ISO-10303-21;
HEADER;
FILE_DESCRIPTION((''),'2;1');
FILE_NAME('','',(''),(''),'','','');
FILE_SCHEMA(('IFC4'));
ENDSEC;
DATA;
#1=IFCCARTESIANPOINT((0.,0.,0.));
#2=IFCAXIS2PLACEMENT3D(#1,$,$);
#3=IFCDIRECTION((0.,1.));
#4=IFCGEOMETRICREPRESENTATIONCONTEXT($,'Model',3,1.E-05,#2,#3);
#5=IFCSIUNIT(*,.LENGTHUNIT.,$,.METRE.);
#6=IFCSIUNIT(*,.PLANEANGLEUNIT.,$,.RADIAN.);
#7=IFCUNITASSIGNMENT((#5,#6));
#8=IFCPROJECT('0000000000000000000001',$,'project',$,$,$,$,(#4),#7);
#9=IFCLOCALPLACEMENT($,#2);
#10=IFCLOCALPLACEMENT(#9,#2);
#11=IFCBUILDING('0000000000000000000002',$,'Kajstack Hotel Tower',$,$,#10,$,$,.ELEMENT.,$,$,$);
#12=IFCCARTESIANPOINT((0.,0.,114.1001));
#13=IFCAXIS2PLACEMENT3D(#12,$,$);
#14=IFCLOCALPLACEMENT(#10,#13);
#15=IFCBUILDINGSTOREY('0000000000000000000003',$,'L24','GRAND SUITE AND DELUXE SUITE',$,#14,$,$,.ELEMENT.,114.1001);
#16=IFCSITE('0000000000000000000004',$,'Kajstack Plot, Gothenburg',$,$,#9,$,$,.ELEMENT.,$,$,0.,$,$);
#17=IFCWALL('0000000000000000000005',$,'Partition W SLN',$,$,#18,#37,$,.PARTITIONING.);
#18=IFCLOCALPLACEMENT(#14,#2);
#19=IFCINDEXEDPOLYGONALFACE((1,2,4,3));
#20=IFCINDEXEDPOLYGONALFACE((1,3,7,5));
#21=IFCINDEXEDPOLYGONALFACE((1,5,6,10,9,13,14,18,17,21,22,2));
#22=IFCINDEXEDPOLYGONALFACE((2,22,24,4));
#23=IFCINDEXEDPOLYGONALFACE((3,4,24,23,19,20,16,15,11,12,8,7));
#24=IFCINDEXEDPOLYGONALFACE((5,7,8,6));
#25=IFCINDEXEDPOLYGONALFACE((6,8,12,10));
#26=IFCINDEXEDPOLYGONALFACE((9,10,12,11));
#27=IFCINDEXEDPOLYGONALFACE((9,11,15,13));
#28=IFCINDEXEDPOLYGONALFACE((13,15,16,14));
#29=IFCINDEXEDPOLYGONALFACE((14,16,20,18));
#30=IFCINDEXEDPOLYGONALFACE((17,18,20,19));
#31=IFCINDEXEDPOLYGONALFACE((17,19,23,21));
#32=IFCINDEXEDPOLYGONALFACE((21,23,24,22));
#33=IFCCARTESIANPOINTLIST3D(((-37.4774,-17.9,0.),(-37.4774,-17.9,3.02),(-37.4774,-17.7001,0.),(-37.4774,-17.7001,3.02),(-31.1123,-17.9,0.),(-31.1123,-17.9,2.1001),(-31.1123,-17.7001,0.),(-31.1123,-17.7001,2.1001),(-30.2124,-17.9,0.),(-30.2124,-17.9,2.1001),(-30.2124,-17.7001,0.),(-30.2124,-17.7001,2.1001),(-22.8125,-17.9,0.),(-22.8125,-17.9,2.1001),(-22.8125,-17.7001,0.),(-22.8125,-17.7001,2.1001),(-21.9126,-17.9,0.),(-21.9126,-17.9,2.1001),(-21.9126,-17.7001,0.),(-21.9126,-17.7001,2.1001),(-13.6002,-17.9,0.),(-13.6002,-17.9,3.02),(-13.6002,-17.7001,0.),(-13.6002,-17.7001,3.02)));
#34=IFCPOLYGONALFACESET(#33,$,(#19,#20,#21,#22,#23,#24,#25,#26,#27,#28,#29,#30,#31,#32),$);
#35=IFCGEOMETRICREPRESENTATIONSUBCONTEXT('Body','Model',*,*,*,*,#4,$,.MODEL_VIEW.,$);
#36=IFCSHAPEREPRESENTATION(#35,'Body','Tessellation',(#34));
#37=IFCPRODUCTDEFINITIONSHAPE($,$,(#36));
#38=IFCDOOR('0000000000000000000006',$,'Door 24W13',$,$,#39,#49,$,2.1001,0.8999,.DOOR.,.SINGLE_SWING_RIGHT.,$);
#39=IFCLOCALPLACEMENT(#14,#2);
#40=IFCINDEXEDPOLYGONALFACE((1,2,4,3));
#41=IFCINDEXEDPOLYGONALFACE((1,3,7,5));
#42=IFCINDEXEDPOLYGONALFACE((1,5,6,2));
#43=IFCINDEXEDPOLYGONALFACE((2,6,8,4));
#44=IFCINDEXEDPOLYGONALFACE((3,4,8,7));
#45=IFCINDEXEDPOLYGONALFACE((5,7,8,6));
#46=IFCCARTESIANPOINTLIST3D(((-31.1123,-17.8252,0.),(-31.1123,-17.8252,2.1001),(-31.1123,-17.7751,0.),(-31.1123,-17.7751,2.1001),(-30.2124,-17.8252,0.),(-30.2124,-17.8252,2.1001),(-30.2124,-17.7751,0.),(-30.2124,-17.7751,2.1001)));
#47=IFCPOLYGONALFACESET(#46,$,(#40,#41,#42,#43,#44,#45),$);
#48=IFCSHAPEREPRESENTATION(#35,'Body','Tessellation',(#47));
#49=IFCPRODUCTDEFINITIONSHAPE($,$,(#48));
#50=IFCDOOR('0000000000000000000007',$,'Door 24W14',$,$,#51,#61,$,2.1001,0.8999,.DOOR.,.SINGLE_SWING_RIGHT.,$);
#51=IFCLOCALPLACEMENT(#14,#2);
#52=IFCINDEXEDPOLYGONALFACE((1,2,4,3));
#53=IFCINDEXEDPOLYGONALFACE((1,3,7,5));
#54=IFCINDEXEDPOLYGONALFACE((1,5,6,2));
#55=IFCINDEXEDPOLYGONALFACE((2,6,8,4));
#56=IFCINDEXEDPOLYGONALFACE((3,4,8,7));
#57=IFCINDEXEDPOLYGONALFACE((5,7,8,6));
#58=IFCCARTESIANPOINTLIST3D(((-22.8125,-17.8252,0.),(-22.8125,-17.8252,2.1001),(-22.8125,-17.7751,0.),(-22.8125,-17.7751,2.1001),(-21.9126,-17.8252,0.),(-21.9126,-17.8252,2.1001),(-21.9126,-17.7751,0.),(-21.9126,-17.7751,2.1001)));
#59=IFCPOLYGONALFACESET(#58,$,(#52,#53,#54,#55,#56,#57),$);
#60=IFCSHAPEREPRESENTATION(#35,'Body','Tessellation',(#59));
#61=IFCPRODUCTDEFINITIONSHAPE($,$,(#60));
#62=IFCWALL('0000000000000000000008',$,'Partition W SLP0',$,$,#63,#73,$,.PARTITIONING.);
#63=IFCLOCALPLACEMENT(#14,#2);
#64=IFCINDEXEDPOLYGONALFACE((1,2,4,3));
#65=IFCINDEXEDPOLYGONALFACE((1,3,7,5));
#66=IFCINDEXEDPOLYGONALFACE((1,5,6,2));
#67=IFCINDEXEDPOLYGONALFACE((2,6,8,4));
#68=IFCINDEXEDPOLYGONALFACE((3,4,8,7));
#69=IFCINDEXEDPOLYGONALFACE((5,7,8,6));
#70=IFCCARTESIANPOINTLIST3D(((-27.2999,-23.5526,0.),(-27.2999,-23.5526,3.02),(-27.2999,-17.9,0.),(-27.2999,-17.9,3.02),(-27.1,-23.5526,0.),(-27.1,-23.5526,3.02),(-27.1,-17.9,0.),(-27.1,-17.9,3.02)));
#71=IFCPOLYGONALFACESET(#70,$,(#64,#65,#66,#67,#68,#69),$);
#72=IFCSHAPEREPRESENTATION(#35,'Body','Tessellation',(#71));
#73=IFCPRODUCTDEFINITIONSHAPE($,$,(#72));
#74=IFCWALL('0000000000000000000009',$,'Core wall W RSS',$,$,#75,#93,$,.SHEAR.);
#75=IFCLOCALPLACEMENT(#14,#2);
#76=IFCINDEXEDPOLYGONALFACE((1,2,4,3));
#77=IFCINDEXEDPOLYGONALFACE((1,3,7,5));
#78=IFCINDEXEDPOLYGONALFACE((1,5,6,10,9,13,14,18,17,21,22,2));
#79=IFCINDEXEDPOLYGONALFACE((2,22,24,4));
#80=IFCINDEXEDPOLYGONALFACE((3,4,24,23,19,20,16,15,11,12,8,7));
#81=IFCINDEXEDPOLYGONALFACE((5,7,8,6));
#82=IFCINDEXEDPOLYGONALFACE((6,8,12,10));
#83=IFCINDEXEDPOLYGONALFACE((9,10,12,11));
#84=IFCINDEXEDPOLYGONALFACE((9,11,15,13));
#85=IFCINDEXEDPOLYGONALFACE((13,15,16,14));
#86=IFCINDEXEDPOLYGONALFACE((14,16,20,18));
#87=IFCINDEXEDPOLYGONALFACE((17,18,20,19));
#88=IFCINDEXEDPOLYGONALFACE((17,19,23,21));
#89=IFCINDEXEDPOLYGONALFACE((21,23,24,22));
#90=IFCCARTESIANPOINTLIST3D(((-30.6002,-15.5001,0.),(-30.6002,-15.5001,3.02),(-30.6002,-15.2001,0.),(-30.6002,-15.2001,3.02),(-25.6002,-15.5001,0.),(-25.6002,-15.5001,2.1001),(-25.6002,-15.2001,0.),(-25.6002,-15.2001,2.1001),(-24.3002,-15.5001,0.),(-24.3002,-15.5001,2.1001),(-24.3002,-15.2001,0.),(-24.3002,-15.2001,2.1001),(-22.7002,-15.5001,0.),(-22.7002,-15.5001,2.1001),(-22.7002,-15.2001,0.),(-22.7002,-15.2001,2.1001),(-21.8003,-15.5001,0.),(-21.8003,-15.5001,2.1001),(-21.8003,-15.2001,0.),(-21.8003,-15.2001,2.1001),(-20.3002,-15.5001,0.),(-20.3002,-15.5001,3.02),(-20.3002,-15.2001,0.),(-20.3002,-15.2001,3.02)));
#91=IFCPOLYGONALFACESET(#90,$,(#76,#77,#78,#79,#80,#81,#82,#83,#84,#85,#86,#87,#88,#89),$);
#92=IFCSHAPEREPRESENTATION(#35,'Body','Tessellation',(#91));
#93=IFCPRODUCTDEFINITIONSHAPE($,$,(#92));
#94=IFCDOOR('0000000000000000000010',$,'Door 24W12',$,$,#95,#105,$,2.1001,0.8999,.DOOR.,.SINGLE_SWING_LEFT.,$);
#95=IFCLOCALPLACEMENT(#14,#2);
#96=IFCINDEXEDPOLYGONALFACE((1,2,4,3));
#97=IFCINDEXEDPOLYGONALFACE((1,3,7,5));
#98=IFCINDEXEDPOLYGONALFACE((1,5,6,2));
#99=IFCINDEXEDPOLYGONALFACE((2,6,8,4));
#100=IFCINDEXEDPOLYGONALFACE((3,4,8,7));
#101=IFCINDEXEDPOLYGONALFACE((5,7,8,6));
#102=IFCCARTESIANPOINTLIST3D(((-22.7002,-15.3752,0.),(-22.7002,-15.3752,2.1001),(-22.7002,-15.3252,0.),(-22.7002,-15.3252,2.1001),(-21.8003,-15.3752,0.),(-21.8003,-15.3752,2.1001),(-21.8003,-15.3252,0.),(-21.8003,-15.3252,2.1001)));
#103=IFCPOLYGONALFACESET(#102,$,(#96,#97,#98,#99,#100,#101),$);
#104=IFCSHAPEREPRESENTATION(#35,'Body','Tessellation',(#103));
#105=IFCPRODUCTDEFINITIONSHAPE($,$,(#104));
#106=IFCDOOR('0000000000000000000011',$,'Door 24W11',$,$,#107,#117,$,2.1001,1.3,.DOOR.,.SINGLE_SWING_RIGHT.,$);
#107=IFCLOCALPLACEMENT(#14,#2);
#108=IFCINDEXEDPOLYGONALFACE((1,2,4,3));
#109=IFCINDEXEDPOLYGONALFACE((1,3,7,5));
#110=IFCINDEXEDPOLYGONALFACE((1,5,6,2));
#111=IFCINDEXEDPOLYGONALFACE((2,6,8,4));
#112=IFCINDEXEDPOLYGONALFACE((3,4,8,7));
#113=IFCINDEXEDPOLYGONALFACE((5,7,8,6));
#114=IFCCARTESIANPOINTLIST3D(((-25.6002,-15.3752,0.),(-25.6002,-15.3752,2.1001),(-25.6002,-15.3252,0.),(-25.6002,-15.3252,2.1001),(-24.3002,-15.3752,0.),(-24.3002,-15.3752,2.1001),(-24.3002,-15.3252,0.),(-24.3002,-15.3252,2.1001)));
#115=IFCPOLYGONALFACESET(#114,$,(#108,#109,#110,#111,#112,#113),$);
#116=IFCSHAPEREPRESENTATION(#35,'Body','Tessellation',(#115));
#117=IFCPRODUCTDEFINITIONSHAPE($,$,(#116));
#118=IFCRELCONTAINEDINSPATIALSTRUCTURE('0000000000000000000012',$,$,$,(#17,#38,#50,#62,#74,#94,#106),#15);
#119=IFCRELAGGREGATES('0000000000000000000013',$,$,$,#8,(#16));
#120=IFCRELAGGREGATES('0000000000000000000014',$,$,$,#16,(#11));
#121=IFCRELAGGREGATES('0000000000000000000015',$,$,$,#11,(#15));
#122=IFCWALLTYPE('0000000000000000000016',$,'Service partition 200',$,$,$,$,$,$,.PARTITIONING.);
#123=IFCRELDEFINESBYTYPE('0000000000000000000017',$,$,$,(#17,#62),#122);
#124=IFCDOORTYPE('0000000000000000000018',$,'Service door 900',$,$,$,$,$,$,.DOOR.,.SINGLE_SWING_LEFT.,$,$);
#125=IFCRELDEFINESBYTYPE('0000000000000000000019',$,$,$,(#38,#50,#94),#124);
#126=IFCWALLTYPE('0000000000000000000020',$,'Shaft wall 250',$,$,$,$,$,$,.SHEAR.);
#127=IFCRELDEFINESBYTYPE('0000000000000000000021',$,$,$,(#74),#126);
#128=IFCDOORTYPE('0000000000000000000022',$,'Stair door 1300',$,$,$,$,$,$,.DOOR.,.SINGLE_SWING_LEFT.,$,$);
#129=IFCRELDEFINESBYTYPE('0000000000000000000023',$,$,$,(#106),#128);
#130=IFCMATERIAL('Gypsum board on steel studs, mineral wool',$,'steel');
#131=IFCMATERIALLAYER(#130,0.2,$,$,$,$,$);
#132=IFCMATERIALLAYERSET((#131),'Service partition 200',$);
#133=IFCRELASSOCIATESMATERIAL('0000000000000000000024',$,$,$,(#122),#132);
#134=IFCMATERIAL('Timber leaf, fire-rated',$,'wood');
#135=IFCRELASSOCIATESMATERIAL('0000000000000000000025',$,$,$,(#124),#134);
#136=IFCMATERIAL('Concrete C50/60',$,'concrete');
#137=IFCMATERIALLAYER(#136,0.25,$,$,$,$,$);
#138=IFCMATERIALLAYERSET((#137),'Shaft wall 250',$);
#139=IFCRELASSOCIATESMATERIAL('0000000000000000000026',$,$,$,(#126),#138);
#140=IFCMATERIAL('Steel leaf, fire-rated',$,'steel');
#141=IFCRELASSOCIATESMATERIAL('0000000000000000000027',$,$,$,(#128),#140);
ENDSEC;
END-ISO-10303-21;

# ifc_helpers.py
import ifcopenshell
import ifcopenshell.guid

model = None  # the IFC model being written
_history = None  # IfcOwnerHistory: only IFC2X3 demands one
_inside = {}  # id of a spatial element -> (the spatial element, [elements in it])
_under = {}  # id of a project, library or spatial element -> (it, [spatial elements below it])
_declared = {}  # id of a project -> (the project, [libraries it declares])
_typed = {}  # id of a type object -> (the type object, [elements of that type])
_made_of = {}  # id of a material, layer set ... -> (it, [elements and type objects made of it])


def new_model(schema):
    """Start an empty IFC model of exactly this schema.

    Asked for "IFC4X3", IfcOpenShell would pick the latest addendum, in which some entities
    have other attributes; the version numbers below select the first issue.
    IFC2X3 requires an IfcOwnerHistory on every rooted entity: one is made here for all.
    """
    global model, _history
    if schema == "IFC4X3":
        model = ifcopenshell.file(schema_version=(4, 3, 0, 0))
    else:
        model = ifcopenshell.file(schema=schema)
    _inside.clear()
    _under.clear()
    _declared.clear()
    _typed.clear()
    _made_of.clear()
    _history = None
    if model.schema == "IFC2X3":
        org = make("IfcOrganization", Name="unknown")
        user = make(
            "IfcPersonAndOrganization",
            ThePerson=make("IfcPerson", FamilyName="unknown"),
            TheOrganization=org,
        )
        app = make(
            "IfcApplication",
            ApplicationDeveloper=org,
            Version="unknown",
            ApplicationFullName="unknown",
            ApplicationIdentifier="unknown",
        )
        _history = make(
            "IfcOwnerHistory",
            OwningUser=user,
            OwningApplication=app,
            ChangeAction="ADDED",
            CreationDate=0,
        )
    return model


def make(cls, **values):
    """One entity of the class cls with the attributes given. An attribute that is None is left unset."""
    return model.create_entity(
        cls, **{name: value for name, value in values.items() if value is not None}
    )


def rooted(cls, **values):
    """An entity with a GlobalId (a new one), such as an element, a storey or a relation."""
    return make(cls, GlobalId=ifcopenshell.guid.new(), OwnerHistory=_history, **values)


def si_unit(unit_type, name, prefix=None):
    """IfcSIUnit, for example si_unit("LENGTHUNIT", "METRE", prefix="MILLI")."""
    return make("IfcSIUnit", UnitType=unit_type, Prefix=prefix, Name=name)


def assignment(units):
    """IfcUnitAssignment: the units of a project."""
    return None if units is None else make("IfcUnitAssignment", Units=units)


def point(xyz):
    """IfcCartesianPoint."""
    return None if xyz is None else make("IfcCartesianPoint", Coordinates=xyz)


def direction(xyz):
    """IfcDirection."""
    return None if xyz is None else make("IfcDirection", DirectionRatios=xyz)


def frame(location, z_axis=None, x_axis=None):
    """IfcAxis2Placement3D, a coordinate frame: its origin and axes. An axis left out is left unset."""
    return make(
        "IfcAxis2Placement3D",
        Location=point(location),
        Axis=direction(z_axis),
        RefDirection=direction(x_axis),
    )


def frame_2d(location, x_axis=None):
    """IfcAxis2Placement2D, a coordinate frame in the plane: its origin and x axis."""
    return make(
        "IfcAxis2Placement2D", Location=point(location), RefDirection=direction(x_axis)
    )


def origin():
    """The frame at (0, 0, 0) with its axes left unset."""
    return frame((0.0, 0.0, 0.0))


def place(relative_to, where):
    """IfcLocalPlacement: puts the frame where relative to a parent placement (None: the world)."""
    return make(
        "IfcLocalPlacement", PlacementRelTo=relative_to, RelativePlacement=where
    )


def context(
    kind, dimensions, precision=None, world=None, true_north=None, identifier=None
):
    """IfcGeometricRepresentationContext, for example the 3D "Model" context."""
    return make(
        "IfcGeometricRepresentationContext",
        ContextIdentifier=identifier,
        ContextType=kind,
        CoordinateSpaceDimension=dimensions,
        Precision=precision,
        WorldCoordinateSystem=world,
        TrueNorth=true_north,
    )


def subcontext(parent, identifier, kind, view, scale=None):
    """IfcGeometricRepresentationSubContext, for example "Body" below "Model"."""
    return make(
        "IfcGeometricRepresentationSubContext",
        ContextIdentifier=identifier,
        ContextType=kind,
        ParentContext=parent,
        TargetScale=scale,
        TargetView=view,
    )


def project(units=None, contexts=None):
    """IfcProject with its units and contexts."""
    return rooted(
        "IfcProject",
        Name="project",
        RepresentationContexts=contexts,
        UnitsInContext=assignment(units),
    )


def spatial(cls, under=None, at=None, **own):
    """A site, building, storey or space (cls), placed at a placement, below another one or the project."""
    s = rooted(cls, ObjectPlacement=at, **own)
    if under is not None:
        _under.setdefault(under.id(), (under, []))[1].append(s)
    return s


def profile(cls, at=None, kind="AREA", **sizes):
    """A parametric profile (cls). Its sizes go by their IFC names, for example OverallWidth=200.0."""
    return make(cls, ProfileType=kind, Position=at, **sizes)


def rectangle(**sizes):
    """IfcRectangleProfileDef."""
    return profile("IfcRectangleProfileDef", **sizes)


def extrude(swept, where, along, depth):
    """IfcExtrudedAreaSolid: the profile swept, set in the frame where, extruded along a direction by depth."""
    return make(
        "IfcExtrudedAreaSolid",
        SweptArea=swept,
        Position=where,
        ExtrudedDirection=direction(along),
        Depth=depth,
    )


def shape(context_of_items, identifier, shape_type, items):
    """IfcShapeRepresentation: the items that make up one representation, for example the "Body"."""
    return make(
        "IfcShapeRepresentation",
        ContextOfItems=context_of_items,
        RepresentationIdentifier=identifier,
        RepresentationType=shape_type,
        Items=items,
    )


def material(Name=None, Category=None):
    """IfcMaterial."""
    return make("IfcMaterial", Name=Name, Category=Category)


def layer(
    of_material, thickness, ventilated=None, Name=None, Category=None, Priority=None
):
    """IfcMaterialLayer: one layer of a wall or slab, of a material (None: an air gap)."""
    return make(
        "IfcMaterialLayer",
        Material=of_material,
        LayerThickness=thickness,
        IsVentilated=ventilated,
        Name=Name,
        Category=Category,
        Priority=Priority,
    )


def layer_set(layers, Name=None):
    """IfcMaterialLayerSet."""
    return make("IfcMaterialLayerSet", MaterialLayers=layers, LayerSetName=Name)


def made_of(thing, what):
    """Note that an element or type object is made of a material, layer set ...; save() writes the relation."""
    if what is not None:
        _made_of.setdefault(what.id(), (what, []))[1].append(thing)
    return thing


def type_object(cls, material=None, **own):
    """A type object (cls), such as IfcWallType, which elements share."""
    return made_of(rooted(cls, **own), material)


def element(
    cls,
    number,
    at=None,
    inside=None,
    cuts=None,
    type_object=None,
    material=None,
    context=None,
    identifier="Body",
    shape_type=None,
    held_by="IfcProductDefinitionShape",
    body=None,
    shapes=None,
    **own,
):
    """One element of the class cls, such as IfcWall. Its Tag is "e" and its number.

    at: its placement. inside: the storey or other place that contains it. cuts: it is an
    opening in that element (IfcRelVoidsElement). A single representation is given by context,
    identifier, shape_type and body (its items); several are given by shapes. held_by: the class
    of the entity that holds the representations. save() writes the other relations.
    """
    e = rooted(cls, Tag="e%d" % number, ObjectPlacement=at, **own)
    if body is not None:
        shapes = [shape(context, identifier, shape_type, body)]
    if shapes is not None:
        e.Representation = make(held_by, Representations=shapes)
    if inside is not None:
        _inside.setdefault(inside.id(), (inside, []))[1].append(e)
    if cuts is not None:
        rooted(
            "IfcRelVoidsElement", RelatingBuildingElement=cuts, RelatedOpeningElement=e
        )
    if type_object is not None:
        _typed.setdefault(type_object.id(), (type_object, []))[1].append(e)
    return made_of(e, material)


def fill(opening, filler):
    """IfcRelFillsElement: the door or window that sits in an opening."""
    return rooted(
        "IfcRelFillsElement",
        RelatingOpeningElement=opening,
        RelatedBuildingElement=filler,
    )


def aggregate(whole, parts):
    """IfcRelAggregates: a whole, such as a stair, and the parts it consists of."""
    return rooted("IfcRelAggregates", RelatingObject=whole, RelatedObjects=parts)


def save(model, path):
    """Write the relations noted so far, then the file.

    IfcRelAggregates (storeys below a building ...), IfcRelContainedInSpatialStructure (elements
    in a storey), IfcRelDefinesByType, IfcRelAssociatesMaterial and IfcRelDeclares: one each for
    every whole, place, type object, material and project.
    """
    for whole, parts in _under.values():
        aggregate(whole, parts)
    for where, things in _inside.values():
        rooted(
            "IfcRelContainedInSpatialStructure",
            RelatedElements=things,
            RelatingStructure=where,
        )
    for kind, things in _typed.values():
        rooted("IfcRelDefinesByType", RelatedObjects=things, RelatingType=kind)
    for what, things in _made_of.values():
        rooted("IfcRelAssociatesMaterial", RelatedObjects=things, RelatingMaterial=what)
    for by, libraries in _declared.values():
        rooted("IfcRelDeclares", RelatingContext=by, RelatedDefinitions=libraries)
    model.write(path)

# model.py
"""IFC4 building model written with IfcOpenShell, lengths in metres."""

from ifc_helpers import new_model, si_unit, direction, frame, frame_2d, origin, place, context, subcontext, project, spatial, rectangle, extrude, material, layer, layer_set, type_object, element, fill, save


model = new_model("IFC4")

# Units and contexts
model_context = context("Model", 3, precision=1e-05, world=origin(), true_north=direction((0.0, 1.0)))
body_context = subcontext(model_context, "Body", "Model", "MODEL_VIEW")
ifc_project = project(units=[si_unit("LENGTHUNIT", "METRE"), si_unit("PLANEANGLEUNIT", "RADIAN")], contexts=[model_context])

# Site, building, storey
site_placement = place(None, origin())
site = spatial("IfcSite", under=ifc_project, at=site_placement, Name="Kajstack Plot, Gothenburg", CompositionType="ELEMENT", RefElevation=0.0)
building_placement = place(site_placement, origin())
building = spatial("IfcBuilding", under=site, at=building_placement, Name="Kajstack Hotel Tower", CompositionType="ELEMENT")
storey_placement = place(building_placement, frame((0.0, 0.0, 114.1001)))
storey = spatial("IfcBuildingStorey", under=building, at=storey_placement, Name="L24", Description="GRAND SUITE AND DELUXE SUITE", CompositionType="ELEMENT", Elevation=114.1001)

# Shared definitions
ifc_material_1 = material(Name="Gypsum board on steel studs, mineral wool", Category="steel")
ifc_layer_1 = layer(ifc_material_1, 0.2)
ifc_layer_set_1 = layer_set([ifc_layer_1], Name="Service partition 200")
wall_type_1 = type_object("IfcWallType", Name="Service partition 200", PredefinedType="PARTITIONING", material=ifc_layer_set_1)
ifc_material_2 = material(Name="Timber leaf, fire-rated", Category="wood")
door_type_1 = type_object("IfcDoorType", Name="Service door 900", OperationType="SINGLE_SWING_LEFT", PredefinedType="DOOR", material=ifc_material_2)

# Wall, openings, doors
wall_1_placement = place(storey_placement, frame((-37.4773, -17.8, 0.0), z_axis=(0.0, 0.0, 1.0), x_axis=(1.0, 0.0, 0.0)))
wall_1 = element("IfcWall", 1, at=wall_1_placement, inside=storey, type_object=wall_type_1, Name="Partition W SLN", PredefinedType="PARTITIONING", context=body_context, shape_type="SweptSolid", body=[
    extrude(rectangle(XDim=23.8772, YDim=0.2, at=frame_2d((11.9385, 0.0))), origin(), (0.0, 0.0, 1.0), 3.02),
])
opening_1_placement = place(wall_1_placement, frame((6.365, 0.0, 0.0)))
opening_1 = element("IfcOpeningElement", 2, at=opening_1_placement, cuts=wall_1, PredefinedType="OPENING", context=body_context, shape_type="SweptSolid", body=[
    extrude(rectangle(XDim=0.8999, YDim=2.1001, at=frame_2d((0.45, 1.05))), frame((0.0, 0.1099, 0.0), z_axis=(0.0, -1.0, 0.0), x_axis=(1.0, 0.0, 0.0)), (0.0, 0.0, 1.0), 0.22),
])
opening_2_placement = place(wall_1_placement, frame((14.6648, 0.0, 0.0)))
opening_2 = element("IfcOpeningElement", 3, at=opening_2_placement, cuts=wall_1, PredefinedType="OPENING", context=body_context, shape_type="SweptSolid", body=[
    extrude(rectangle(XDim=0.8999, YDim=2.1001, at=frame_2d((0.45, 1.05))), frame((0.0, 0.1099, 0.0), z_axis=(0.0, -1.0, 0.0), x_axis=(1.0, 0.0, 0.0)), (0.0, 0.0, 1.0), 0.22),
])
door_1_placement = place(opening_1_placement, origin())
door_1 = element("IfcDoor", 4, at=door_1_placement, inside=storey, type_object=door_type_1, Name="Door 24W13", OperationType="SINGLE_SWING_RIGHT", OverallHeight=2.1001, OverallWidth=0.8999, PredefinedType="DOOR", context=body_context, shape_type="SweptSolid", body=[
    extrude(rectangle(XDim=0.8999, YDim=2.1001, at=frame_2d((0.45, 1.05))), frame((0.0, 0.0249, 0.0), z_axis=(0.0, -1.0, 0.0), x_axis=(1.0, 0.0, 0.0)), (0.0, 0.0, 1.0), 0.05),
])
fill(opening_1, door_1)
door_2_placement = place(opening_2_placement, origin())
door_2 = element("IfcDoor", 5, at=door_2_placement, inside=storey, type_object=door_type_1, Name="Door 24W14", OperationType="SINGLE_SWING_RIGHT", OverallHeight=2.1001, OverallWidth=0.8999, PredefinedType="DOOR", context=body_context, shape_type="SweptSolid", body=[
    extrude(rectangle(XDim=0.8999, YDim=2.1001, at=frame_2d((0.45, 1.05))), frame((0.0, 0.0249, 0.0), z_axis=(0.0, -1.0, 0.0), x_axis=(1.0, 0.0, 0.0)), (0.0, 0.0, 1.0), 0.05),
])
fill(opening_2, door_2)

# Wall
wall_2_placement = place(storey_placement, frame((-27.2, -23.5525, 0.0), z_axis=(0.0, 0.0, 1.0), x_axis=(0.0, 1.0, 0.0)))
element("IfcWall", 6, at=wall_2_placement, inside=storey, type_object=wall_type_1, Name="Partition W SLP0", PredefinedType="PARTITIONING", context=body_context, shape_type="SweptSolid", body=[
    extrude(rectangle(XDim=5.6526, YDim=0.2, at=frame_2d((2.8262, 0.0))), origin(), (0.0, 0.0, 1.0), 3.02),
])

# Wall, openings, doors
ifc_material_3 = material(Name="Concrete C50/60", Category="concrete")
ifc_layer_2 = layer(ifc_material_3, 0.25)
ifc_layer_set_2 = layer_set([ifc_layer_2], Name="Shaft wall 250")
wall_type_2 = type_object("IfcWallType", Name="Shaft wall 250", PredefinedType="SHEAR", material=ifc_layer_set_2)
wall_3_placement = place(storey_placement, frame((-30.6001, -15.3501, 0.0), z_axis=(0.0, 0.0, 1.0), x_axis=(1.0, 0.0, 0.0)))
wall_3 = element("IfcWall", 7, at=wall_3_placement, inside=storey, type_object=wall_type_2, Name="Core wall W RSS", PredefinedType="SHEAR", context=body_context, shape_type="SweptSolid", body=[
    extrude(rectangle(XDim=10.3, YDim=0.3, at=frame_2d((5.1499, 0.0))), origin(), (0.0, 0.0, 1.0), 3.02),
])
opening_3_placement = place(wall_3_placement, frame((5.0, 0.0, 0.0)))
opening_3 = element("IfcOpeningElement", 8, at=opening_3_placement, cuts=wall_3, PredefinedType="OPENING", context=body_context, shape_type="SweptSolid", body=[
    extrude(rectangle(XDim=1.3, YDim=2.1001, at=frame_2d((0.6499, 1.05))), frame((0.0, 0.1599, 0.0), z_axis=(0.0, -1.0, 0.0), x_axis=(1.0, 0.0, 0.0)), (0.0, 0.0, 1.0), 0.3201),
])
opening_4_placement = place(wall_3_placement, frame((7.8999, 0.0, 0.0)))
opening_4 = element("IfcOpeningElement", 9, at=opening_4_placement, cuts=wall_3, PredefinedType="OPENING", context=body_context, shape_type="SweptSolid", body=[
    extrude(rectangle(XDim=0.8999, YDim=2.1001, at=frame_2d((0.45, 1.05))), frame((0.0, 0.1599, 0.0), z_axis=(0.0, -1.0, 0.0), x_axis=(1.0, 0.0, 0.0)), (0.0, 0.0, 1.0), 0.3201),
])
door_3_placement = place(opening_4_placement, origin())
door_3 = element("IfcDoor", 10, at=door_3_placement, inside=storey, type_object=door_type_1, Name="Door 24W12", OperationType="SINGLE_SWING_LEFT", OverallHeight=2.1001, OverallWidth=0.8999, PredefinedType="DOOR", context=body_context, shape_type="SweptSolid", body=[
    extrude(rectangle(XDim=0.8999, YDim=2.1001, at=frame_2d((0.45, 1.05))), frame((0.0, 0.0249, 0.0), z_axis=(0.0, -1.0, 0.0), x_axis=(1.0, 0.0, 0.0)), (0.0, 0.0, 1.0), 0.05),
])
fill(opening_4, door_3)
ifc_material_4 = material(Name="Steel leaf, fire-rated", Category="steel")
door_type_2 = type_object("IfcDoorType", Name="Stair door 1300", OperationType="SINGLE_SWING_LEFT", PredefinedType="DOOR", material=ifc_material_4)
door_4_placement = place(opening_3_placement, origin())
door_4 = element("IfcDoor", 11, at=door_4_placement, inside=storey, type_object=door_type_2, Name="Door 24W11", OperationType="SINGLE_SWING_RIGHT", OverallHeight=2.1001, OverallWidth=1.3, PredefinedType="DOOR", context=body_context, shape_type="SweptSolid", body=[
    extrude(rectangle(XDim=1.3, YDim=2.1001, at=frame_2d((0.6499, 1.05))), frame((0.0, 0.0249, 0.0), z_axis=(0.0, -1.0, 0.0), x_axis=(1.0, 0.0, 0.0)), (0.0, 0.0, 1.0), 0.05),
])
fill(opening_3, door_4)

save(model, "model.ifc")
